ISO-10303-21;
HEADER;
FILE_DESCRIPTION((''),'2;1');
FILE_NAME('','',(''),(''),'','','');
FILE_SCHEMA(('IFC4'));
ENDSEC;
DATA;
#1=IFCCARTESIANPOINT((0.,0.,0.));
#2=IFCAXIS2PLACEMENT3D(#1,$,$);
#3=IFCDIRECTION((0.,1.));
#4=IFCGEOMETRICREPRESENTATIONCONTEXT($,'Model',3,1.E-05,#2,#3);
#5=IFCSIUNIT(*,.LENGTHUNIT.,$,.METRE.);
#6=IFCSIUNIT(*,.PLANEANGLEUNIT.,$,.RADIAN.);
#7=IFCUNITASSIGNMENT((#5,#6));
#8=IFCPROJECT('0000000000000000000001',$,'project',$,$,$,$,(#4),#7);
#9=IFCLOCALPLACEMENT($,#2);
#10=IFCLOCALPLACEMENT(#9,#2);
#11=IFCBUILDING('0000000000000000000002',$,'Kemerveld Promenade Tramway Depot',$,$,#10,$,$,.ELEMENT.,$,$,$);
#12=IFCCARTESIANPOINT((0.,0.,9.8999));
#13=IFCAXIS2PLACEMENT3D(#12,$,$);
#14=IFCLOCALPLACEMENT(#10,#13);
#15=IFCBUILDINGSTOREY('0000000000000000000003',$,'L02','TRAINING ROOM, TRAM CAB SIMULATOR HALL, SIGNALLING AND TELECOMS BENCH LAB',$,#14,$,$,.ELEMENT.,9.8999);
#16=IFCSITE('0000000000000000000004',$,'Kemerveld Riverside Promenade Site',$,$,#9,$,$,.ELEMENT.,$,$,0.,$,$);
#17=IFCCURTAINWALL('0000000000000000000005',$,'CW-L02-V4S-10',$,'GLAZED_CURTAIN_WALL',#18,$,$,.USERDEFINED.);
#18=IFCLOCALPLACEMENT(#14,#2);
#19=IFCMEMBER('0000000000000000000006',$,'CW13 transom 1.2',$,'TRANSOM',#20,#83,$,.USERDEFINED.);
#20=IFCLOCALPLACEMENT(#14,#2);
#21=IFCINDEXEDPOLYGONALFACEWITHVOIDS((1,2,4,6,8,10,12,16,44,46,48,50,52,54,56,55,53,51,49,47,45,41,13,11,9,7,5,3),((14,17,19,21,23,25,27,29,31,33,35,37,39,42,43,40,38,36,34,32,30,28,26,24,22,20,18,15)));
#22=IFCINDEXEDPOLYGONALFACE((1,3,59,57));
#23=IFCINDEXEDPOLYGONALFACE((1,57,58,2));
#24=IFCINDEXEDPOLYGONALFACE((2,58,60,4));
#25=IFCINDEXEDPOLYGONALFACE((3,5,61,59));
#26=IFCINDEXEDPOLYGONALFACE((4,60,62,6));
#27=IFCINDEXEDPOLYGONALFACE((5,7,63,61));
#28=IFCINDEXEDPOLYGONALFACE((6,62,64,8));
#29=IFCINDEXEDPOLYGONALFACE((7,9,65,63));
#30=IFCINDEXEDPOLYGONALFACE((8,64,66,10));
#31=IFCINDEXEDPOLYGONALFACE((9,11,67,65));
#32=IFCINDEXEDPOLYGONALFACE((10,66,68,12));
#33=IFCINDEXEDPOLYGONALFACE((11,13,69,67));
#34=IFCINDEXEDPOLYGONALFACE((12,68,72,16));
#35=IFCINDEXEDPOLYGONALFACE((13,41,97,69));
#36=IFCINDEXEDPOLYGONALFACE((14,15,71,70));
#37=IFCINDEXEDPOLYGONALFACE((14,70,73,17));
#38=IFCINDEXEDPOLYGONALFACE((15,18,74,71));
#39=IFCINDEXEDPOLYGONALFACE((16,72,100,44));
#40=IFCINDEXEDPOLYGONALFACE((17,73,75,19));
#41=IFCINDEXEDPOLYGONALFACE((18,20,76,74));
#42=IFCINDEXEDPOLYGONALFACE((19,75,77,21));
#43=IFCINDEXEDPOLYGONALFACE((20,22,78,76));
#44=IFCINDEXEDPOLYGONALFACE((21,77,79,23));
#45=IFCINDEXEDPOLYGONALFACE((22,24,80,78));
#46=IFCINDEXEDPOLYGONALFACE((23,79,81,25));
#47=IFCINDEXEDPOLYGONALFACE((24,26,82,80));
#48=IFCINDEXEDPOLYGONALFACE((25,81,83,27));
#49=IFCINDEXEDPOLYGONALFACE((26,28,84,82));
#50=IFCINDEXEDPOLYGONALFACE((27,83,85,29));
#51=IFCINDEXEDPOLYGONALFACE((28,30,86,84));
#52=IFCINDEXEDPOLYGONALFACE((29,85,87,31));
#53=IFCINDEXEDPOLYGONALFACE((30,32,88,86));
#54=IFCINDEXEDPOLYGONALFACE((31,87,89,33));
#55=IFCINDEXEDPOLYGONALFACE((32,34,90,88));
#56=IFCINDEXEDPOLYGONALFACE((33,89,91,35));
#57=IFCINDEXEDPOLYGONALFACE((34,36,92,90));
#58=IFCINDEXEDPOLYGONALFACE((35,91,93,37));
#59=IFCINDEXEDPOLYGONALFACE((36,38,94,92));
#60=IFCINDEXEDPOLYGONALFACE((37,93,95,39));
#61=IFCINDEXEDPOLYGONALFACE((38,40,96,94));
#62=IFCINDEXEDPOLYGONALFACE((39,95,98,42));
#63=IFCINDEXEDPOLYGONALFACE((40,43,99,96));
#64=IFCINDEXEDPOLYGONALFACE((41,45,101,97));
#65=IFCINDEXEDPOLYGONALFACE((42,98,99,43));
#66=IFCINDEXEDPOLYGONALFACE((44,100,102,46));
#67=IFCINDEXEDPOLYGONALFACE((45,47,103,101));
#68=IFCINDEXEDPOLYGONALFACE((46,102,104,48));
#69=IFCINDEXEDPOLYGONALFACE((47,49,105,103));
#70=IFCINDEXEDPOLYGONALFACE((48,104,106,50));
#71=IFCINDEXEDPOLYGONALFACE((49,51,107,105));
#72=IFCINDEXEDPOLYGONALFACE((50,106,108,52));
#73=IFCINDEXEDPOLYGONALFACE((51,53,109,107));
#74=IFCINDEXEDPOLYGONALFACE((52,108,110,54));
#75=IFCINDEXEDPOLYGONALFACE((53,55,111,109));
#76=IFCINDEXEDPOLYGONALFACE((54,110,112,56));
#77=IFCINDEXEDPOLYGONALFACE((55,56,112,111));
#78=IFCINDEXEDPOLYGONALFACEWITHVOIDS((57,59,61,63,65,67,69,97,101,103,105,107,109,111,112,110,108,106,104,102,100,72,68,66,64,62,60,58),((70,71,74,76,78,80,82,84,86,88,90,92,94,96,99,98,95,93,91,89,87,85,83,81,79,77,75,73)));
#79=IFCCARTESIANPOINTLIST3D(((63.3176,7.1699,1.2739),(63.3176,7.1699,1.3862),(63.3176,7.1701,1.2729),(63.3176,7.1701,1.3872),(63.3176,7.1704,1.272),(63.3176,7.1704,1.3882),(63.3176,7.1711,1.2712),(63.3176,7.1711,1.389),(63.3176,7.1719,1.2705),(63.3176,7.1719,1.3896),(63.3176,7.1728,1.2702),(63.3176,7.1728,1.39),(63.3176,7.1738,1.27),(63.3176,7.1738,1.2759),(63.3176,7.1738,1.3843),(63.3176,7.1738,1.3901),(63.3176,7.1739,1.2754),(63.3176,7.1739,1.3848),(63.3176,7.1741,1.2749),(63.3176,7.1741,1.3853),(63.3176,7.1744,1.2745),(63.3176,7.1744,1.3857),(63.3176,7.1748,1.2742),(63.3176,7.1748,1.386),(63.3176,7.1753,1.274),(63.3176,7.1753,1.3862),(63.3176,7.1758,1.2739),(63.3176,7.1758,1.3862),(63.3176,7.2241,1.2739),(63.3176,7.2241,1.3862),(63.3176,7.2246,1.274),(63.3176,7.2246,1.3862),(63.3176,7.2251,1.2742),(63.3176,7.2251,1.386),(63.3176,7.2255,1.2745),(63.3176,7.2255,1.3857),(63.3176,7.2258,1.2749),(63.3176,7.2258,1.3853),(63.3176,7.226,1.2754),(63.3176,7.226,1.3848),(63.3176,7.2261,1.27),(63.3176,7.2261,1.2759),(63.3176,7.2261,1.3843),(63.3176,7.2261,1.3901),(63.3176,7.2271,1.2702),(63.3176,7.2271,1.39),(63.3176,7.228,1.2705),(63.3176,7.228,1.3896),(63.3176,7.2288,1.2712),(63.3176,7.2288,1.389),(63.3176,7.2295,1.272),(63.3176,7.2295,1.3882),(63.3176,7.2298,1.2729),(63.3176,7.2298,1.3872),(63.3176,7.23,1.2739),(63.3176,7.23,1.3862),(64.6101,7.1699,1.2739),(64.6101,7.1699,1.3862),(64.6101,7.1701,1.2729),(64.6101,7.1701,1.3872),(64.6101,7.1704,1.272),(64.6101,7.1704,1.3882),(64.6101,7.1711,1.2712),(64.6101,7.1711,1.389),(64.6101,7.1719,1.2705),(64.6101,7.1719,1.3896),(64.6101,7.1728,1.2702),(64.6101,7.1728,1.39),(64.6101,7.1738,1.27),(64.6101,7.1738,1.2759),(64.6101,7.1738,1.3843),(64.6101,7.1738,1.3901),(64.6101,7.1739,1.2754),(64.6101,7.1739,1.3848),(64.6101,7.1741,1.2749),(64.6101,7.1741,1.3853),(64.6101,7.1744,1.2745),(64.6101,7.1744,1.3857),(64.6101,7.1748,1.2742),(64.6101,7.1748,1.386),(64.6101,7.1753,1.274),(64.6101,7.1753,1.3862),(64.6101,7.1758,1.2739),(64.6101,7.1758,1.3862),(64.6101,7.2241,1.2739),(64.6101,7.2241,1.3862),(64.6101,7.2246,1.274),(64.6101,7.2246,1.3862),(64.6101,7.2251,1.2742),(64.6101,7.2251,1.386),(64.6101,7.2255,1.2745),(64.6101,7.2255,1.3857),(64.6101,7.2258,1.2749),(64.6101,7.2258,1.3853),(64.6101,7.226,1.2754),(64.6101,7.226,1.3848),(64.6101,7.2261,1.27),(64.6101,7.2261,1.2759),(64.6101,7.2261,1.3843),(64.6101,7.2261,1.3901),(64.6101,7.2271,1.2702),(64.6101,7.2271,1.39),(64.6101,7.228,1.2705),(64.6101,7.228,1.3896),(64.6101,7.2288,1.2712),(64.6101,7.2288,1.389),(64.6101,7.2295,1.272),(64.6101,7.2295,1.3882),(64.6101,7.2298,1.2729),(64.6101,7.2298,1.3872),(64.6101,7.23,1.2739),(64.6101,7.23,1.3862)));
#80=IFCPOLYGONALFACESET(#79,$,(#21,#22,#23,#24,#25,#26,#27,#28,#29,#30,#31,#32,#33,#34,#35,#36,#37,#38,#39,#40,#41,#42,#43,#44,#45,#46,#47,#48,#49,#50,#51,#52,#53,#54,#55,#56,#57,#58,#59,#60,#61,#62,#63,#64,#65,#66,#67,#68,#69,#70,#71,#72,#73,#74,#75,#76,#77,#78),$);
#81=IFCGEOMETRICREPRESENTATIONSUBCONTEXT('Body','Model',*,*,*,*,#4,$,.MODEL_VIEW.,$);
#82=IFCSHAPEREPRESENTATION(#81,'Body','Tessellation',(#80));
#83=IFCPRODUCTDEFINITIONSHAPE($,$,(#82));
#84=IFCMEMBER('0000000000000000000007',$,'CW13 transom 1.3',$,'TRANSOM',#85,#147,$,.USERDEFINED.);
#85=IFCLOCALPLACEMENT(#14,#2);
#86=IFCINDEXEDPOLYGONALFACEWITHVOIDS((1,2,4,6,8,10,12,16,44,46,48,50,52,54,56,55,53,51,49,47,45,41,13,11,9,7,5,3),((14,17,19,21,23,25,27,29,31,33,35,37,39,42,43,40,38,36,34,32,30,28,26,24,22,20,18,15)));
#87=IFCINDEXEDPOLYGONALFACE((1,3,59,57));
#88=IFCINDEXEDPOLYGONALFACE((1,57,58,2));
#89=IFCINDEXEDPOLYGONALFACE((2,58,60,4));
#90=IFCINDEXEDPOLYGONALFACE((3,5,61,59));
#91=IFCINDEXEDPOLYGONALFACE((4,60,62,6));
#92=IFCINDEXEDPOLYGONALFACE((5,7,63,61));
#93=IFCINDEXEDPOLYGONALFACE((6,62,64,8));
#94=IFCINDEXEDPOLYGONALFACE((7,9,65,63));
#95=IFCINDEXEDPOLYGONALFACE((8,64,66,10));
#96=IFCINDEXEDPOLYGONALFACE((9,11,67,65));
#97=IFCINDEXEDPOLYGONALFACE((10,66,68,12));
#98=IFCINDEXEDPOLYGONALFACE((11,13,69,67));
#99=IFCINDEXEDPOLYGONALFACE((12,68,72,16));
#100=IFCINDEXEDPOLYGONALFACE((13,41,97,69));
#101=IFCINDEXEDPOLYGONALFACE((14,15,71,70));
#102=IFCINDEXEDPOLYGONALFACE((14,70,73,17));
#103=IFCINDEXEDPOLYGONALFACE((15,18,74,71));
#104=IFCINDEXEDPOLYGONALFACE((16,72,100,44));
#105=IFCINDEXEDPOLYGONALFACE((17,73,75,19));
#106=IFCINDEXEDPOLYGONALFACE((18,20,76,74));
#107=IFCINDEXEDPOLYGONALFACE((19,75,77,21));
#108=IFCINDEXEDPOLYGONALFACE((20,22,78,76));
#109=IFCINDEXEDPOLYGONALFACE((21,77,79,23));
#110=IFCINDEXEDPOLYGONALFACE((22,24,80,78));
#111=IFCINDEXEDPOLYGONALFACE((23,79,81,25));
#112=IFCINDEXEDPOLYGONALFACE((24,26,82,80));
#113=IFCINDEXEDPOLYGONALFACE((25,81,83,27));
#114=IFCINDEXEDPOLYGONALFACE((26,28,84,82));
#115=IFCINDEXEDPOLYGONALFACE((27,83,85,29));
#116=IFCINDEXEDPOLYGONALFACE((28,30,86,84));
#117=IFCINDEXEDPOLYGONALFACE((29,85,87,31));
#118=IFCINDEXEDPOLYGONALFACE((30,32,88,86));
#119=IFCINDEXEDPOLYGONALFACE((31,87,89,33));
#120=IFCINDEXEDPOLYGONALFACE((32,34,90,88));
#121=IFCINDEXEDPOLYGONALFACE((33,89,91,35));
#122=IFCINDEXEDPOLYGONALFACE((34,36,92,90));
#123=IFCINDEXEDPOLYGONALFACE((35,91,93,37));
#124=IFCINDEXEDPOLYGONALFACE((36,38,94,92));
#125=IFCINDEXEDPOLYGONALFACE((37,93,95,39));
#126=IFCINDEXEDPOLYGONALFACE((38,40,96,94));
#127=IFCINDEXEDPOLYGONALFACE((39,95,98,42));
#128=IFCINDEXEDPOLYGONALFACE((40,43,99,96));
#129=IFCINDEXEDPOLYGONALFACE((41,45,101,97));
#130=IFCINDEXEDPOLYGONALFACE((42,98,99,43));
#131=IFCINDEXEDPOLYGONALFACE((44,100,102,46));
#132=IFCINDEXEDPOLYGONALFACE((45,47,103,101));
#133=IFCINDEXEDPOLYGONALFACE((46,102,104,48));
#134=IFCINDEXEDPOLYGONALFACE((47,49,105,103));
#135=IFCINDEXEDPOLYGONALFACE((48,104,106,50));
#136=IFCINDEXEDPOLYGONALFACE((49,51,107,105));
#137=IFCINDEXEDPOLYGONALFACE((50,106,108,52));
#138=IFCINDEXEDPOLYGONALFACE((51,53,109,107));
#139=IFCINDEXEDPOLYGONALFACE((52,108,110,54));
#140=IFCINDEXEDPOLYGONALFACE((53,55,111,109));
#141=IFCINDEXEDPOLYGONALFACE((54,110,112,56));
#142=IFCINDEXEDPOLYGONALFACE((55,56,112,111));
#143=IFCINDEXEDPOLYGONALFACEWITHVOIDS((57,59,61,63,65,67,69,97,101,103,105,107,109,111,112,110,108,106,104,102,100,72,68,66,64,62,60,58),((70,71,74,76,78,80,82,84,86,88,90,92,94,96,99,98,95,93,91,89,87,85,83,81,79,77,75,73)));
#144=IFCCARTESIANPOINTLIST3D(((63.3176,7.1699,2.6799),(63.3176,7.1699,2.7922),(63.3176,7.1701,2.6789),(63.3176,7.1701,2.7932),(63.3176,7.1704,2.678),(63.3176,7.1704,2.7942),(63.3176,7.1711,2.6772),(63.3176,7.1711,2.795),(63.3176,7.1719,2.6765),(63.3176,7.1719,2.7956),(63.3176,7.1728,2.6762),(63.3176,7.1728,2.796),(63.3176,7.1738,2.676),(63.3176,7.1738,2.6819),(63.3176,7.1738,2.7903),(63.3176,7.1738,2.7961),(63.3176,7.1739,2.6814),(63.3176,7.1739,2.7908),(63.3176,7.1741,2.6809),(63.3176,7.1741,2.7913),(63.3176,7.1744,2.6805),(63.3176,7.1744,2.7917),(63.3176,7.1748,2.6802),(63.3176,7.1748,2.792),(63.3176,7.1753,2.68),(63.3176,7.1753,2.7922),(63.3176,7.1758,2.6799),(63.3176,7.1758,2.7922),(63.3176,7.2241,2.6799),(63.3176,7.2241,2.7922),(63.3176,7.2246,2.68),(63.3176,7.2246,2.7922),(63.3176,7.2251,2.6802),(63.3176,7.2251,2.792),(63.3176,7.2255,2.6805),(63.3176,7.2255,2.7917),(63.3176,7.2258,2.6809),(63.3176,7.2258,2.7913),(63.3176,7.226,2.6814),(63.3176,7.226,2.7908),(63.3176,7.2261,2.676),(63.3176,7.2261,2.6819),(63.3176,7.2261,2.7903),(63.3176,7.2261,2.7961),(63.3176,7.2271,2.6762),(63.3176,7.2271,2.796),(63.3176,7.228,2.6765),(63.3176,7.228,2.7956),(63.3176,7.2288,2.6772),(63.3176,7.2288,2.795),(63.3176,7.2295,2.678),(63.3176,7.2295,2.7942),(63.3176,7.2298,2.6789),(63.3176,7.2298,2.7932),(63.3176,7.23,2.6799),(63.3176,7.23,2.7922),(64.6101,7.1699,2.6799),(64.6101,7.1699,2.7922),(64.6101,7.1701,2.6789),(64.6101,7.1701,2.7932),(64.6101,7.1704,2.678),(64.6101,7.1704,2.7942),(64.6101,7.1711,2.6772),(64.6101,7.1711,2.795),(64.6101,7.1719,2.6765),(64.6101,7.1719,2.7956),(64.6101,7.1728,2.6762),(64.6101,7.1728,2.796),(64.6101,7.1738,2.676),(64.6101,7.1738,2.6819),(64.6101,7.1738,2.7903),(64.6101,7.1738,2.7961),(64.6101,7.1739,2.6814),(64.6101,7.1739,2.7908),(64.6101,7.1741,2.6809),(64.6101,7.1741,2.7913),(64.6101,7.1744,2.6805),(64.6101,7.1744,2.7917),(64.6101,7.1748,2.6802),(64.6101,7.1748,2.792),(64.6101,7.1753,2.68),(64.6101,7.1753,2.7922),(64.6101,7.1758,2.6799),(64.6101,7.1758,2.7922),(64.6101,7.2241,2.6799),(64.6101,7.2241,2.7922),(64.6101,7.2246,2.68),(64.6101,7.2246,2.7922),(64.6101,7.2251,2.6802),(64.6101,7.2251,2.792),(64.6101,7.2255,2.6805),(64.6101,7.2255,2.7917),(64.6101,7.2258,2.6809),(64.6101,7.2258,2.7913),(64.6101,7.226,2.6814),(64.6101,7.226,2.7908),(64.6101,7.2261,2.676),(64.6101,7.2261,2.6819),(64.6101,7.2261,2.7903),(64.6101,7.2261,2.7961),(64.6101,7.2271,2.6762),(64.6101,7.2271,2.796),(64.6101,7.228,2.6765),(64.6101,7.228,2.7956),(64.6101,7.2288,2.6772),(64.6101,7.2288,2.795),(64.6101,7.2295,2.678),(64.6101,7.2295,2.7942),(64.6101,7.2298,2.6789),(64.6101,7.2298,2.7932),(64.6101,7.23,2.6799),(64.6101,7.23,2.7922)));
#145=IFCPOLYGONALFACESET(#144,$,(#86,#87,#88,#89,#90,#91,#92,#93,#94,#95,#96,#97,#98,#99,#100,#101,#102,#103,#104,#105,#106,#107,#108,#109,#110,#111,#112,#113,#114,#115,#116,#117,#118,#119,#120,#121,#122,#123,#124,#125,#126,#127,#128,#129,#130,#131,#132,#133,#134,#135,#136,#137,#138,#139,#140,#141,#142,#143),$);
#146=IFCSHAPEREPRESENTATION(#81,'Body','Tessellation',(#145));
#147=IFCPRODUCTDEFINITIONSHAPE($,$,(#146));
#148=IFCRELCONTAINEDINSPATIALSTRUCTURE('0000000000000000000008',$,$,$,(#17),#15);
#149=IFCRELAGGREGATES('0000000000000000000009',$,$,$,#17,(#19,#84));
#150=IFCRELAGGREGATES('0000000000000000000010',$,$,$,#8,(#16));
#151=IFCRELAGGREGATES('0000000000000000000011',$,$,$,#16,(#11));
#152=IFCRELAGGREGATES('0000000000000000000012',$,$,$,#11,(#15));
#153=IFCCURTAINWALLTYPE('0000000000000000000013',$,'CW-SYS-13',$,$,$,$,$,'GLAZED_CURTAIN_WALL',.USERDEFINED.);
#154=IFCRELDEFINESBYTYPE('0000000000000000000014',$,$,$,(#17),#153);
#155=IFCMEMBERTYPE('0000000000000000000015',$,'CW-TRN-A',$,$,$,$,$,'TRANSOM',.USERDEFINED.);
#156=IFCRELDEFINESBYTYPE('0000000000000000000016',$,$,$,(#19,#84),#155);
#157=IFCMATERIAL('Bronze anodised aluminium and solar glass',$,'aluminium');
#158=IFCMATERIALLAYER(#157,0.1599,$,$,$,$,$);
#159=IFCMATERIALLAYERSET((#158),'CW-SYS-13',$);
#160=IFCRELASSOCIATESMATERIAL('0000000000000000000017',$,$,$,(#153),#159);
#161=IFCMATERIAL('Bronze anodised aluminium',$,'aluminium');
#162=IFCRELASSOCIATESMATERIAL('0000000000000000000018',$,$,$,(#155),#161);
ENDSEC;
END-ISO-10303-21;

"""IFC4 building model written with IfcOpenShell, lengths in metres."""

from ifc_helpers import new_model, si_unit, direction, frame, origin, origin_2d, place, context, subcontext, project, spatial, hollow_rectangle, extrude, material, layer, layer_set, material_profile, profile_set, type_object, element, aggregate, save


model = new_model("IFC4")

# Units and contexts
model_context = context("Model", 3, precision=1e-05, world=origin(), true_north=direction((0.0, 1.0)))
body_context = subcontext(model_context, "Body", "Model", "MODEL_VIEW")
ifc_project = project(units=[si_unit("LENGTHUNIT", "METRE"), si_unit("PLANEANGLEUNIT", "RADIAN")], contexts=[model_context])

# Site, building, storey
site_placement = place(None, origin())
site = spatial("IfcSite", under=ifc_project, at=site_placement, Name="Kemerveld Riverside Promenade Site", CompositionType="ELEMENT", RefElevation=0.0)
building_placement = place(site_placement, origin())
building = spatial("IfcBuilding", under=site, at=building_placement, Name="Kemerveld Promenade Tramway Depot", CompositionType="ELEMENT")
storey_placement = place(building_placement, frame((0.0, 0.0, 9.8999)))
storey = spatial("IfcBuildingStorey", under=building, at=storey_placement, Name="L02", Description="TRAINING ROOM, TRAM CAB SIMULATOR HALL, SIGNALLING AND TELECOMS BENCH LAB", CompositionType="ELEMENT", Elevation=9.8999)

# Curtain wall, members
ifc_material_1 = material(Name="Bronze anodised aluminium and solar glass", Category="aluminium")
ifc_layer_1 = layer(ifc_material_1, 0.1599)
ifc_layer_set_1 = layer_set([ifc_layer_1], Name="CW-SYS-13")
curtain_wall_type = type_object("IfcCurtainWallType", Name="CW-SYS-13", ElementType="GLAZED_CURTAIN_WALL", PredefinedType="USERDEFINED", material=ifc_layer_set_1)
curtain_wall_placement = place(storey_placement, origin())
curtain_wall = element("IfcCurtainWall", 1, at=curtain_wall_placement, inside=storey, type_object=curtain_wall_type, Name="CW-L02-V4S-10", ObjectType="GLAZED_CURTAIN_WALL", PredefinedType="USERDEFINED")
ifc_material_2 = material(Name="Bronze anodised aluminium", Category="aluminium")
ifc_material_profile_1 = material_profile(ifc_material_2, hollow_rectangle(XDim=0.0601, YDim=0.1201, WallThickness=0.0039, InnerFilletRadius=0.002, OuterFilletRadius=0.0039, at=origin_2d()), Name="CW-TRN-120x60")
ifc_profile_set_1 = profile_set([ifc_material_profile_1], Name="Bronze anodised aluminium")
member_type_1 = type_object("IfcMemberType", Name="CW-TRN-A", ElementType="TRANSOM", PredefinedType="USERDEFINED", material=ifc_profile_set_1)
member_1_placement = place(storey_placement, frame((64.6101, 7.2, 1.3301), z_axis=(-1.0, 0.0, 0.0), x_axis=(0.0, -1.0, 0.0)))
member_1 = element("IfcMember", 2, at=member_1_placement, type_object=member_type_1, Name="CW13 transom 1.2", ObjectType="TRANSOM", PredefinedType="USERDEFINED", context=body_context, shape_type="SweptSolid", body=[
    extrude(hollow_rectangle(XDim=0.0601, YDim=0.1201, WallThickness=0.0039, InnerFilletRadius=0.002, OuterFilletRadius=0.0039, at=origin_2d()), origin(), (0.0, 0.0, 1.0), 1.2925),
])
member_2_placement = place(storey_placement, frame((64.6101, 7.2, 2.7361), z_axis=(-1.0, 0.0, 0.0), x_axis=(0.0, -1.0, 0.0)))
member_2 = element("IfcMember", 3, at=member_2_placement, type_object=member_type_1, Name="CW13 transom 1.3", ObjectType="TRANSOM", PredefinedType="USERDEFINED", context=body_context, shape_type="SweptSolid", body=[
    extrude(hollow_rectangle(XDim=0.0601, YDim=0.1201, WallThickness=0.0039, InnerFilletRadius=0.002, OuterFilletRadius=0.0039, at=origin_2d()), origin(), (0.0, 0.0, 1.0), 1.2925),
])

aggregate(curtain_wall, [member_1, member_2])

save(model, "model.ifc")
